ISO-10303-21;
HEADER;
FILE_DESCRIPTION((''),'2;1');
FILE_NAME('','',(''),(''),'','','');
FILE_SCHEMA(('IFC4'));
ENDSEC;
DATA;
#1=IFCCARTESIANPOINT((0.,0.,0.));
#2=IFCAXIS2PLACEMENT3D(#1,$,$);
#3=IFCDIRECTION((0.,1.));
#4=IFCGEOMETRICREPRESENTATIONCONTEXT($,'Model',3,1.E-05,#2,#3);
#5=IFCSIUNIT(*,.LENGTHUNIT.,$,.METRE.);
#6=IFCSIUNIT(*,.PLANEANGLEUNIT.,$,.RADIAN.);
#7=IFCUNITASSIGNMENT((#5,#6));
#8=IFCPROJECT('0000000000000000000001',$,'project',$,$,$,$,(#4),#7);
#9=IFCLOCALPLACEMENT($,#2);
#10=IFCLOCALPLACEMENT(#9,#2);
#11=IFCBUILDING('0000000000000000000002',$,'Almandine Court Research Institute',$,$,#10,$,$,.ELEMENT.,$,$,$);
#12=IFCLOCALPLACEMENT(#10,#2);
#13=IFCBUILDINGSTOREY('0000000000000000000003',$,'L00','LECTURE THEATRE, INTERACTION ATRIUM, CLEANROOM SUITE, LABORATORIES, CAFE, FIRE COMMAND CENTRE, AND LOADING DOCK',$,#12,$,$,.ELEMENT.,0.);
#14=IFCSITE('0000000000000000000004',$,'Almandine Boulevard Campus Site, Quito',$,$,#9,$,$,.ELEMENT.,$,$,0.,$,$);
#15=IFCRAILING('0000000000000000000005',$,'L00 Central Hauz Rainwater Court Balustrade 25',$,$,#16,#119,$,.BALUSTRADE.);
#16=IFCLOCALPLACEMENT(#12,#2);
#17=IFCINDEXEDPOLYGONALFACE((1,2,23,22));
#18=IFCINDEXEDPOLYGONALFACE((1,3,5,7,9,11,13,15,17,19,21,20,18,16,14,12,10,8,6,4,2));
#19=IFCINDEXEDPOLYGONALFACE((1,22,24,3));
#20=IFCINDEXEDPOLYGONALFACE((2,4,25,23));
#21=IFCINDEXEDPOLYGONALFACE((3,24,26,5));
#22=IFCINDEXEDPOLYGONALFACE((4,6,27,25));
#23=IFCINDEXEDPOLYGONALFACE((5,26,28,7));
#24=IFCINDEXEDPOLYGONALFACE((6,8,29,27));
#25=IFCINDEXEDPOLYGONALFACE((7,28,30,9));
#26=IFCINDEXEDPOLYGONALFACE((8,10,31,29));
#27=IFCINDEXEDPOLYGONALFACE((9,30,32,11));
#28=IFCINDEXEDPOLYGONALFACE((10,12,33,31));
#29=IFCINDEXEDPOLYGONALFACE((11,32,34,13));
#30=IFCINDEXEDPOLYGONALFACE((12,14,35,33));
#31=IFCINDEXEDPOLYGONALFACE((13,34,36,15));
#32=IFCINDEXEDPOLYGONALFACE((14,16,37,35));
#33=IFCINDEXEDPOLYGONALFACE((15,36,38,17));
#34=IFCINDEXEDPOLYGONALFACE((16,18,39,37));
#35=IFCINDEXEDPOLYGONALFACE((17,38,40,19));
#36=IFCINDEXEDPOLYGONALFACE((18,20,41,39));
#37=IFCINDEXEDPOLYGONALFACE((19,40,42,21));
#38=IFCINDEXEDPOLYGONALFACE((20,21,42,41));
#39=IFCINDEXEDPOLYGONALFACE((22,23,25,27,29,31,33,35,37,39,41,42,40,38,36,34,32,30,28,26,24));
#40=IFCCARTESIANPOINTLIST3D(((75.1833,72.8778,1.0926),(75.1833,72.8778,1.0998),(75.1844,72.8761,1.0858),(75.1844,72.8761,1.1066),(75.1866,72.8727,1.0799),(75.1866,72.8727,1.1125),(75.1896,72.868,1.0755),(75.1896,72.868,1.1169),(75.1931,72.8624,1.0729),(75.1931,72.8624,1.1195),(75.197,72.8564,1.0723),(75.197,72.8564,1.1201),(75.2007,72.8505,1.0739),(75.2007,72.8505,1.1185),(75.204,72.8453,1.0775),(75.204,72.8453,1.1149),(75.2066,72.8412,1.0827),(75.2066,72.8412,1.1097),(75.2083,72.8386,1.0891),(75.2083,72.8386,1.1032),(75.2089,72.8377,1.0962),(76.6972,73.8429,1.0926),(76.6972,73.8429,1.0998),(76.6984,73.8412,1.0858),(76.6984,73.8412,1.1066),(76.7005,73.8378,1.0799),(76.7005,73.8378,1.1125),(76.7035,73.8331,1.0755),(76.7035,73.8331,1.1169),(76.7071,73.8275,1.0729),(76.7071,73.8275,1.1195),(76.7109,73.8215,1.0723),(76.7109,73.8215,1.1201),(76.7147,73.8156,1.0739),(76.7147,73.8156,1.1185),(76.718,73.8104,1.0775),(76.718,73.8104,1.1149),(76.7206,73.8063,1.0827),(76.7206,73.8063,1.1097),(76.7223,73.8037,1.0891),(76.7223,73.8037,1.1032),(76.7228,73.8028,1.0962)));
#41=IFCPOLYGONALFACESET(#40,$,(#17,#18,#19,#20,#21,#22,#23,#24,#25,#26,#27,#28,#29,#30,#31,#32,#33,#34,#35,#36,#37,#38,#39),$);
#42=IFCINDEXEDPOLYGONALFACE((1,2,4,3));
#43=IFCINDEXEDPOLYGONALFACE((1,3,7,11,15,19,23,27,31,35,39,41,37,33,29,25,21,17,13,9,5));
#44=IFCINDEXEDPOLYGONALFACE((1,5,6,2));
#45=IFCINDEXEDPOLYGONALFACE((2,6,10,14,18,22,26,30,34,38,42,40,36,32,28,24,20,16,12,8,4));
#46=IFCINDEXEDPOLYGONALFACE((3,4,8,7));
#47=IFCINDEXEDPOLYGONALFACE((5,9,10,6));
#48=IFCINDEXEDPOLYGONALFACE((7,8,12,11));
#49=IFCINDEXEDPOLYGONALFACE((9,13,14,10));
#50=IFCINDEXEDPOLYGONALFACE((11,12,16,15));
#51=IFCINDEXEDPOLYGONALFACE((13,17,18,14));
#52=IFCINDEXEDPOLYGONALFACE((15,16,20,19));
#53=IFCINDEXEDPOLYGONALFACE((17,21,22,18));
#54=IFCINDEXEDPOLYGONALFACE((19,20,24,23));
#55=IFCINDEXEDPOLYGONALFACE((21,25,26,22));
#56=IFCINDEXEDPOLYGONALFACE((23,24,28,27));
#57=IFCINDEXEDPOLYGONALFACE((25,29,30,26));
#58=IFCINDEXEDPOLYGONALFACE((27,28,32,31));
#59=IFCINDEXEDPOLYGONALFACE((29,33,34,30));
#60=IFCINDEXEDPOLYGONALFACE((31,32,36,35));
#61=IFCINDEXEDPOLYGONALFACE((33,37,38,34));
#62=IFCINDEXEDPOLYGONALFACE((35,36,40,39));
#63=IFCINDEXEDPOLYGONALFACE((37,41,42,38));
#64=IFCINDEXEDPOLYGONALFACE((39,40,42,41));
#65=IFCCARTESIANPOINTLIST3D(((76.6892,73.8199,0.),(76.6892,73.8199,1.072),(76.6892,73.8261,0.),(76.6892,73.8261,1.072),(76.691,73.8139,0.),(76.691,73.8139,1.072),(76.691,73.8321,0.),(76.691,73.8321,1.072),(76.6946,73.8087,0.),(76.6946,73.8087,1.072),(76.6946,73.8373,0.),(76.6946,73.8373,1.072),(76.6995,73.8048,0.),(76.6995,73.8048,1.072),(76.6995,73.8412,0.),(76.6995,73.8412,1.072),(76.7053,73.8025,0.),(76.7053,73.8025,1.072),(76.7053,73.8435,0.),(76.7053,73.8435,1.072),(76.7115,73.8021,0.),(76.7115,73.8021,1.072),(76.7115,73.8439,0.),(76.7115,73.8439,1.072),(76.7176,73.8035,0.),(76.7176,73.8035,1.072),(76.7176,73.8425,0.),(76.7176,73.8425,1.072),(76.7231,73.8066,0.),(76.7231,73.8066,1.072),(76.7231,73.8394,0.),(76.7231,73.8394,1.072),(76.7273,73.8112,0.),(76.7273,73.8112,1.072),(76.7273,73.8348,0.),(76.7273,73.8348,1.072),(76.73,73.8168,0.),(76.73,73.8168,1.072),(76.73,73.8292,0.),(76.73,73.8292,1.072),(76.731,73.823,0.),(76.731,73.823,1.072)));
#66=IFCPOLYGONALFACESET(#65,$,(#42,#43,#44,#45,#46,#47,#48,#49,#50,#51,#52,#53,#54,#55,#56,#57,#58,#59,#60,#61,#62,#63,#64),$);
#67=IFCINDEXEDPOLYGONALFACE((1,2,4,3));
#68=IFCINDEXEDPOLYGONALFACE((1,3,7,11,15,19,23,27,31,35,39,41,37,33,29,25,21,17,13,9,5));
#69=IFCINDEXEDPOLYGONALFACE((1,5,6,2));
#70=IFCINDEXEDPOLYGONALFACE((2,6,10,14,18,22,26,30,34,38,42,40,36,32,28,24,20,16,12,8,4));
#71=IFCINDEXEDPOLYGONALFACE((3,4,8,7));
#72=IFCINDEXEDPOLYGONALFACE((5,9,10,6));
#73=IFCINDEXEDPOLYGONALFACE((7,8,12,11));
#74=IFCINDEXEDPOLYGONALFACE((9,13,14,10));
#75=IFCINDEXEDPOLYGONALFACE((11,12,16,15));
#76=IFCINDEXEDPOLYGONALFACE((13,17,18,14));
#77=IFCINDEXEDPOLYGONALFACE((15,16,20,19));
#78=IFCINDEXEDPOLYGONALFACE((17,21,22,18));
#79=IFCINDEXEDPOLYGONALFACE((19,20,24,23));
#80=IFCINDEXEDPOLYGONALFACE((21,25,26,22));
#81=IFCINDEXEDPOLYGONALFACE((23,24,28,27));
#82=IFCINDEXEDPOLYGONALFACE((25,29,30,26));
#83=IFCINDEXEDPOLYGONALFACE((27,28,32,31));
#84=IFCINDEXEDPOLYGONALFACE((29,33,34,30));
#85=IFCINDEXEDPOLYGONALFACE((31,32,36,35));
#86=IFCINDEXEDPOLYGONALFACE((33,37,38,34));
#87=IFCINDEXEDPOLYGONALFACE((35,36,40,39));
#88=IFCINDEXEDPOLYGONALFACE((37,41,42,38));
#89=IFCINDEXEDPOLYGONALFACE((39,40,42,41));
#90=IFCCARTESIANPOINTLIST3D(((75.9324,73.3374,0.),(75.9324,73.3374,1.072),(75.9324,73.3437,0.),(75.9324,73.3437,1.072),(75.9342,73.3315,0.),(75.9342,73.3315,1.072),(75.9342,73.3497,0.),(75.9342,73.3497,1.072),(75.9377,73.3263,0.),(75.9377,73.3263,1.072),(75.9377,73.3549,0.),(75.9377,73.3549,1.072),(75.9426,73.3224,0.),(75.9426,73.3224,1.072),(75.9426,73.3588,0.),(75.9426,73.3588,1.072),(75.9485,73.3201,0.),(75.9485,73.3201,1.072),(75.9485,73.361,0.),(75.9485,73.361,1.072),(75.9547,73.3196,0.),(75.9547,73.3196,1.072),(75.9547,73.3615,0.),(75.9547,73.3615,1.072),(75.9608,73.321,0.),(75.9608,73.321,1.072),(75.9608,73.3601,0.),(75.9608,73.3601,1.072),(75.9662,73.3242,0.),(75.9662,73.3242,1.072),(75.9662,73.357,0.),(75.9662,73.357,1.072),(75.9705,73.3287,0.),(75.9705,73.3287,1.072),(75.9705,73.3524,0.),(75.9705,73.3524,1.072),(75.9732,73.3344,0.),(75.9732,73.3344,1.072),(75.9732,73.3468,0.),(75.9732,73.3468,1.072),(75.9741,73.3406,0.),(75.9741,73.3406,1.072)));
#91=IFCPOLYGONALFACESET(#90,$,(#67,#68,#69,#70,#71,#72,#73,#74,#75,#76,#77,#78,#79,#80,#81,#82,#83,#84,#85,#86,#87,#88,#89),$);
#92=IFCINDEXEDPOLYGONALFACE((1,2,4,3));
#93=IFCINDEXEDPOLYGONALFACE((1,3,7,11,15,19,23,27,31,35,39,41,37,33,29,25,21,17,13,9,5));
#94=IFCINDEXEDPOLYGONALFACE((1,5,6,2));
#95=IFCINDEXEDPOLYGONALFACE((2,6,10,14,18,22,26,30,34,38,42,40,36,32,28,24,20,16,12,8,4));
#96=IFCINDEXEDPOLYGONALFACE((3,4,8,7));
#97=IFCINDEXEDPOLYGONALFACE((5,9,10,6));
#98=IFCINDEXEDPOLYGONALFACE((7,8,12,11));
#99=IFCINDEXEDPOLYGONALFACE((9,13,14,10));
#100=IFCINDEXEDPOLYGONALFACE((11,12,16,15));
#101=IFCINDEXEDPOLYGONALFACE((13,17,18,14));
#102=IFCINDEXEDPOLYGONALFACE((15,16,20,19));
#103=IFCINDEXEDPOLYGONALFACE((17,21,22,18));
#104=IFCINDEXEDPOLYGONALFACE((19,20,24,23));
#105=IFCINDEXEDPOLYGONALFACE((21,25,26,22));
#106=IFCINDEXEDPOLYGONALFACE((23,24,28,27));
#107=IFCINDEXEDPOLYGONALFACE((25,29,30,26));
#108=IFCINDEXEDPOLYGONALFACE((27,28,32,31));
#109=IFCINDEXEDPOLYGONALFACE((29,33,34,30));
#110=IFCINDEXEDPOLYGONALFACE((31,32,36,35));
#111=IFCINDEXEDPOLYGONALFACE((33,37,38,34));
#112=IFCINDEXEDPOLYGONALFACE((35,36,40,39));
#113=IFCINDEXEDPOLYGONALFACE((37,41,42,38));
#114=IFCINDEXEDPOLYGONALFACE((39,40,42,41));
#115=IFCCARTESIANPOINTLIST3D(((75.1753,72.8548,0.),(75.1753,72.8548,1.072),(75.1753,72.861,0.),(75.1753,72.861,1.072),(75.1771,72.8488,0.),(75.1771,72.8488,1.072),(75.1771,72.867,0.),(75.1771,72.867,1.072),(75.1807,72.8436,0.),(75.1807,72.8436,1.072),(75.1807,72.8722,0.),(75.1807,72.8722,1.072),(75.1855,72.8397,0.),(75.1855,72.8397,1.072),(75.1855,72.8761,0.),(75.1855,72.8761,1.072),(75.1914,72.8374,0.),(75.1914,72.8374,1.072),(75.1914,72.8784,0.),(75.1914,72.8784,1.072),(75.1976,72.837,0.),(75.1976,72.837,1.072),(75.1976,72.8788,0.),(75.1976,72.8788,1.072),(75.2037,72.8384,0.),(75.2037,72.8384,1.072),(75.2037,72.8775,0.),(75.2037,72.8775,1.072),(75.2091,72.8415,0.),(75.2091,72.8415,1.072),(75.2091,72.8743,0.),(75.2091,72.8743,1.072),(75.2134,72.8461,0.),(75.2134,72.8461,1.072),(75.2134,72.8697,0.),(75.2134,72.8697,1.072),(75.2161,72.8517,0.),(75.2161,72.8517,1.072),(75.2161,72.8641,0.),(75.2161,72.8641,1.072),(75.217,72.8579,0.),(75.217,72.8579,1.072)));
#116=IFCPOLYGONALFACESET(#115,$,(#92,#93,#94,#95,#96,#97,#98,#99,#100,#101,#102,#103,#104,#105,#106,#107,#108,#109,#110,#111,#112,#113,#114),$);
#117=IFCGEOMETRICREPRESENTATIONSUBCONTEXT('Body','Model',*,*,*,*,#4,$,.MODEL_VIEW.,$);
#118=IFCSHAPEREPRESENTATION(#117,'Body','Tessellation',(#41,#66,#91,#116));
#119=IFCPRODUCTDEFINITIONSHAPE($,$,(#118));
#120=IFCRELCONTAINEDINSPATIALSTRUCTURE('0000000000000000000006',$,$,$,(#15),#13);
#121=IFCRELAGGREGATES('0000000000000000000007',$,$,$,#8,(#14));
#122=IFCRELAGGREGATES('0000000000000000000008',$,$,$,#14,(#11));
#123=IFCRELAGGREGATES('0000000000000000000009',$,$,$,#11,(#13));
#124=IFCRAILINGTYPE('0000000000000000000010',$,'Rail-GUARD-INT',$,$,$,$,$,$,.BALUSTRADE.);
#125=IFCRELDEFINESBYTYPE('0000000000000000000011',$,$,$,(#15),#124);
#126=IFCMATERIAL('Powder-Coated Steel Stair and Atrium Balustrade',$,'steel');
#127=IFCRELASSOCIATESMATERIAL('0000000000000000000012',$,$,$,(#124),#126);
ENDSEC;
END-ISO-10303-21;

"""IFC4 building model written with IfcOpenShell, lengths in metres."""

from ifc_helpers import new_model, si_unit, direction, frame, origin, origin_2d, place, context, subcontext, project, spatial, circle, extrude, material, type_object, element, save


model = new_model("IFC4")

# Units and contexts
model_context = context("Model", 3, precision=1e-05, world=origin(), true_north=direction((0.0, 1.0)))
body_context = subcontext(model_context, "Body", "Model", "MODEL_VIEW")
ifc_project = project(units=[si_unit("LENGTHUNIT", "METRE"), si_unit("PLANEANGLEUNIT", "RADIAN")], contexts=[model_context])

# Site, building, storey
site_placement = place(None, origin())
site = spatial("IfcSite", under=ifc_project, at=site_placement, Name="Almandine Boulevard Campus Site, Quito", CompositionType="ELEMENT", RefElevation=0.0)
building_placement = place(site_placement, origin())
building = spatial("IfcBuilding", under=site, at=building_placement, Name="Almandine Court Research Institute", CompositionType="ELEMENT")
storey_placement = place(building_placement, origin())
storey = spatial("IfcBuildingStorey", under=building, at=storey_placement, Name="L00", Description="LECTURE THEATRE, INTERACTION ATRIUM, CLEANROOM SUITE, LABORATORIES, CAFE, FIRE COMMAND CENTRE, AND LOADING DOCK", CompositionType="ELEMENT", Elevation=0.0)

# Railing
ifc_material_1 = material(Name="Powder-Coated Steel Stair and Atrium Balustrade", Category="steel")
railing_type = type_object("IfcRailingType", Name="Rail-GUARD-INT", PredefinedType="BALUSTRADE", material=ifc_material_1)
railing_1_placement = place(storey_placement, frame((76.71, 73.823, 0.0)))
element("IfcRailing", 1, at=railing_1_placement, inside=storey, type_object=railing_type, Name="L00 Central Hauz Rainwater Court Balustrade 25", PredefinedType="BALUSTRADE", context=body_context, shape_type="SweptSolid", body=[
    extrude(circle(Radius=0.0239, at=origin_2d()), frame((0.0, 0.0, 1.0962), z_axis=(-0.843236, -0.537544, 0.0), x_axis=(0.537544, -0.843236, 0.0)), (0.0, 0.0, 1.0), 1.7954),
    extrude(circle(Radius=0.021, at=origin_2d()), origin(), (0.0, 0.0, 1.0), 1.072),
    extrude(circle(Radius=0.021, at=origin_2d()), frame((-0.7568, -0.4824, 0.0)), (0.0, 0.0, 1.0), 1.072),
    extrude(circle(Radius=0.021, at=origin_2d()), frame((-1.5139, -0.9651, 0.0)), (0.0, 0.0, 1.0), 1.072),
])

save(model, "model.ifc")
